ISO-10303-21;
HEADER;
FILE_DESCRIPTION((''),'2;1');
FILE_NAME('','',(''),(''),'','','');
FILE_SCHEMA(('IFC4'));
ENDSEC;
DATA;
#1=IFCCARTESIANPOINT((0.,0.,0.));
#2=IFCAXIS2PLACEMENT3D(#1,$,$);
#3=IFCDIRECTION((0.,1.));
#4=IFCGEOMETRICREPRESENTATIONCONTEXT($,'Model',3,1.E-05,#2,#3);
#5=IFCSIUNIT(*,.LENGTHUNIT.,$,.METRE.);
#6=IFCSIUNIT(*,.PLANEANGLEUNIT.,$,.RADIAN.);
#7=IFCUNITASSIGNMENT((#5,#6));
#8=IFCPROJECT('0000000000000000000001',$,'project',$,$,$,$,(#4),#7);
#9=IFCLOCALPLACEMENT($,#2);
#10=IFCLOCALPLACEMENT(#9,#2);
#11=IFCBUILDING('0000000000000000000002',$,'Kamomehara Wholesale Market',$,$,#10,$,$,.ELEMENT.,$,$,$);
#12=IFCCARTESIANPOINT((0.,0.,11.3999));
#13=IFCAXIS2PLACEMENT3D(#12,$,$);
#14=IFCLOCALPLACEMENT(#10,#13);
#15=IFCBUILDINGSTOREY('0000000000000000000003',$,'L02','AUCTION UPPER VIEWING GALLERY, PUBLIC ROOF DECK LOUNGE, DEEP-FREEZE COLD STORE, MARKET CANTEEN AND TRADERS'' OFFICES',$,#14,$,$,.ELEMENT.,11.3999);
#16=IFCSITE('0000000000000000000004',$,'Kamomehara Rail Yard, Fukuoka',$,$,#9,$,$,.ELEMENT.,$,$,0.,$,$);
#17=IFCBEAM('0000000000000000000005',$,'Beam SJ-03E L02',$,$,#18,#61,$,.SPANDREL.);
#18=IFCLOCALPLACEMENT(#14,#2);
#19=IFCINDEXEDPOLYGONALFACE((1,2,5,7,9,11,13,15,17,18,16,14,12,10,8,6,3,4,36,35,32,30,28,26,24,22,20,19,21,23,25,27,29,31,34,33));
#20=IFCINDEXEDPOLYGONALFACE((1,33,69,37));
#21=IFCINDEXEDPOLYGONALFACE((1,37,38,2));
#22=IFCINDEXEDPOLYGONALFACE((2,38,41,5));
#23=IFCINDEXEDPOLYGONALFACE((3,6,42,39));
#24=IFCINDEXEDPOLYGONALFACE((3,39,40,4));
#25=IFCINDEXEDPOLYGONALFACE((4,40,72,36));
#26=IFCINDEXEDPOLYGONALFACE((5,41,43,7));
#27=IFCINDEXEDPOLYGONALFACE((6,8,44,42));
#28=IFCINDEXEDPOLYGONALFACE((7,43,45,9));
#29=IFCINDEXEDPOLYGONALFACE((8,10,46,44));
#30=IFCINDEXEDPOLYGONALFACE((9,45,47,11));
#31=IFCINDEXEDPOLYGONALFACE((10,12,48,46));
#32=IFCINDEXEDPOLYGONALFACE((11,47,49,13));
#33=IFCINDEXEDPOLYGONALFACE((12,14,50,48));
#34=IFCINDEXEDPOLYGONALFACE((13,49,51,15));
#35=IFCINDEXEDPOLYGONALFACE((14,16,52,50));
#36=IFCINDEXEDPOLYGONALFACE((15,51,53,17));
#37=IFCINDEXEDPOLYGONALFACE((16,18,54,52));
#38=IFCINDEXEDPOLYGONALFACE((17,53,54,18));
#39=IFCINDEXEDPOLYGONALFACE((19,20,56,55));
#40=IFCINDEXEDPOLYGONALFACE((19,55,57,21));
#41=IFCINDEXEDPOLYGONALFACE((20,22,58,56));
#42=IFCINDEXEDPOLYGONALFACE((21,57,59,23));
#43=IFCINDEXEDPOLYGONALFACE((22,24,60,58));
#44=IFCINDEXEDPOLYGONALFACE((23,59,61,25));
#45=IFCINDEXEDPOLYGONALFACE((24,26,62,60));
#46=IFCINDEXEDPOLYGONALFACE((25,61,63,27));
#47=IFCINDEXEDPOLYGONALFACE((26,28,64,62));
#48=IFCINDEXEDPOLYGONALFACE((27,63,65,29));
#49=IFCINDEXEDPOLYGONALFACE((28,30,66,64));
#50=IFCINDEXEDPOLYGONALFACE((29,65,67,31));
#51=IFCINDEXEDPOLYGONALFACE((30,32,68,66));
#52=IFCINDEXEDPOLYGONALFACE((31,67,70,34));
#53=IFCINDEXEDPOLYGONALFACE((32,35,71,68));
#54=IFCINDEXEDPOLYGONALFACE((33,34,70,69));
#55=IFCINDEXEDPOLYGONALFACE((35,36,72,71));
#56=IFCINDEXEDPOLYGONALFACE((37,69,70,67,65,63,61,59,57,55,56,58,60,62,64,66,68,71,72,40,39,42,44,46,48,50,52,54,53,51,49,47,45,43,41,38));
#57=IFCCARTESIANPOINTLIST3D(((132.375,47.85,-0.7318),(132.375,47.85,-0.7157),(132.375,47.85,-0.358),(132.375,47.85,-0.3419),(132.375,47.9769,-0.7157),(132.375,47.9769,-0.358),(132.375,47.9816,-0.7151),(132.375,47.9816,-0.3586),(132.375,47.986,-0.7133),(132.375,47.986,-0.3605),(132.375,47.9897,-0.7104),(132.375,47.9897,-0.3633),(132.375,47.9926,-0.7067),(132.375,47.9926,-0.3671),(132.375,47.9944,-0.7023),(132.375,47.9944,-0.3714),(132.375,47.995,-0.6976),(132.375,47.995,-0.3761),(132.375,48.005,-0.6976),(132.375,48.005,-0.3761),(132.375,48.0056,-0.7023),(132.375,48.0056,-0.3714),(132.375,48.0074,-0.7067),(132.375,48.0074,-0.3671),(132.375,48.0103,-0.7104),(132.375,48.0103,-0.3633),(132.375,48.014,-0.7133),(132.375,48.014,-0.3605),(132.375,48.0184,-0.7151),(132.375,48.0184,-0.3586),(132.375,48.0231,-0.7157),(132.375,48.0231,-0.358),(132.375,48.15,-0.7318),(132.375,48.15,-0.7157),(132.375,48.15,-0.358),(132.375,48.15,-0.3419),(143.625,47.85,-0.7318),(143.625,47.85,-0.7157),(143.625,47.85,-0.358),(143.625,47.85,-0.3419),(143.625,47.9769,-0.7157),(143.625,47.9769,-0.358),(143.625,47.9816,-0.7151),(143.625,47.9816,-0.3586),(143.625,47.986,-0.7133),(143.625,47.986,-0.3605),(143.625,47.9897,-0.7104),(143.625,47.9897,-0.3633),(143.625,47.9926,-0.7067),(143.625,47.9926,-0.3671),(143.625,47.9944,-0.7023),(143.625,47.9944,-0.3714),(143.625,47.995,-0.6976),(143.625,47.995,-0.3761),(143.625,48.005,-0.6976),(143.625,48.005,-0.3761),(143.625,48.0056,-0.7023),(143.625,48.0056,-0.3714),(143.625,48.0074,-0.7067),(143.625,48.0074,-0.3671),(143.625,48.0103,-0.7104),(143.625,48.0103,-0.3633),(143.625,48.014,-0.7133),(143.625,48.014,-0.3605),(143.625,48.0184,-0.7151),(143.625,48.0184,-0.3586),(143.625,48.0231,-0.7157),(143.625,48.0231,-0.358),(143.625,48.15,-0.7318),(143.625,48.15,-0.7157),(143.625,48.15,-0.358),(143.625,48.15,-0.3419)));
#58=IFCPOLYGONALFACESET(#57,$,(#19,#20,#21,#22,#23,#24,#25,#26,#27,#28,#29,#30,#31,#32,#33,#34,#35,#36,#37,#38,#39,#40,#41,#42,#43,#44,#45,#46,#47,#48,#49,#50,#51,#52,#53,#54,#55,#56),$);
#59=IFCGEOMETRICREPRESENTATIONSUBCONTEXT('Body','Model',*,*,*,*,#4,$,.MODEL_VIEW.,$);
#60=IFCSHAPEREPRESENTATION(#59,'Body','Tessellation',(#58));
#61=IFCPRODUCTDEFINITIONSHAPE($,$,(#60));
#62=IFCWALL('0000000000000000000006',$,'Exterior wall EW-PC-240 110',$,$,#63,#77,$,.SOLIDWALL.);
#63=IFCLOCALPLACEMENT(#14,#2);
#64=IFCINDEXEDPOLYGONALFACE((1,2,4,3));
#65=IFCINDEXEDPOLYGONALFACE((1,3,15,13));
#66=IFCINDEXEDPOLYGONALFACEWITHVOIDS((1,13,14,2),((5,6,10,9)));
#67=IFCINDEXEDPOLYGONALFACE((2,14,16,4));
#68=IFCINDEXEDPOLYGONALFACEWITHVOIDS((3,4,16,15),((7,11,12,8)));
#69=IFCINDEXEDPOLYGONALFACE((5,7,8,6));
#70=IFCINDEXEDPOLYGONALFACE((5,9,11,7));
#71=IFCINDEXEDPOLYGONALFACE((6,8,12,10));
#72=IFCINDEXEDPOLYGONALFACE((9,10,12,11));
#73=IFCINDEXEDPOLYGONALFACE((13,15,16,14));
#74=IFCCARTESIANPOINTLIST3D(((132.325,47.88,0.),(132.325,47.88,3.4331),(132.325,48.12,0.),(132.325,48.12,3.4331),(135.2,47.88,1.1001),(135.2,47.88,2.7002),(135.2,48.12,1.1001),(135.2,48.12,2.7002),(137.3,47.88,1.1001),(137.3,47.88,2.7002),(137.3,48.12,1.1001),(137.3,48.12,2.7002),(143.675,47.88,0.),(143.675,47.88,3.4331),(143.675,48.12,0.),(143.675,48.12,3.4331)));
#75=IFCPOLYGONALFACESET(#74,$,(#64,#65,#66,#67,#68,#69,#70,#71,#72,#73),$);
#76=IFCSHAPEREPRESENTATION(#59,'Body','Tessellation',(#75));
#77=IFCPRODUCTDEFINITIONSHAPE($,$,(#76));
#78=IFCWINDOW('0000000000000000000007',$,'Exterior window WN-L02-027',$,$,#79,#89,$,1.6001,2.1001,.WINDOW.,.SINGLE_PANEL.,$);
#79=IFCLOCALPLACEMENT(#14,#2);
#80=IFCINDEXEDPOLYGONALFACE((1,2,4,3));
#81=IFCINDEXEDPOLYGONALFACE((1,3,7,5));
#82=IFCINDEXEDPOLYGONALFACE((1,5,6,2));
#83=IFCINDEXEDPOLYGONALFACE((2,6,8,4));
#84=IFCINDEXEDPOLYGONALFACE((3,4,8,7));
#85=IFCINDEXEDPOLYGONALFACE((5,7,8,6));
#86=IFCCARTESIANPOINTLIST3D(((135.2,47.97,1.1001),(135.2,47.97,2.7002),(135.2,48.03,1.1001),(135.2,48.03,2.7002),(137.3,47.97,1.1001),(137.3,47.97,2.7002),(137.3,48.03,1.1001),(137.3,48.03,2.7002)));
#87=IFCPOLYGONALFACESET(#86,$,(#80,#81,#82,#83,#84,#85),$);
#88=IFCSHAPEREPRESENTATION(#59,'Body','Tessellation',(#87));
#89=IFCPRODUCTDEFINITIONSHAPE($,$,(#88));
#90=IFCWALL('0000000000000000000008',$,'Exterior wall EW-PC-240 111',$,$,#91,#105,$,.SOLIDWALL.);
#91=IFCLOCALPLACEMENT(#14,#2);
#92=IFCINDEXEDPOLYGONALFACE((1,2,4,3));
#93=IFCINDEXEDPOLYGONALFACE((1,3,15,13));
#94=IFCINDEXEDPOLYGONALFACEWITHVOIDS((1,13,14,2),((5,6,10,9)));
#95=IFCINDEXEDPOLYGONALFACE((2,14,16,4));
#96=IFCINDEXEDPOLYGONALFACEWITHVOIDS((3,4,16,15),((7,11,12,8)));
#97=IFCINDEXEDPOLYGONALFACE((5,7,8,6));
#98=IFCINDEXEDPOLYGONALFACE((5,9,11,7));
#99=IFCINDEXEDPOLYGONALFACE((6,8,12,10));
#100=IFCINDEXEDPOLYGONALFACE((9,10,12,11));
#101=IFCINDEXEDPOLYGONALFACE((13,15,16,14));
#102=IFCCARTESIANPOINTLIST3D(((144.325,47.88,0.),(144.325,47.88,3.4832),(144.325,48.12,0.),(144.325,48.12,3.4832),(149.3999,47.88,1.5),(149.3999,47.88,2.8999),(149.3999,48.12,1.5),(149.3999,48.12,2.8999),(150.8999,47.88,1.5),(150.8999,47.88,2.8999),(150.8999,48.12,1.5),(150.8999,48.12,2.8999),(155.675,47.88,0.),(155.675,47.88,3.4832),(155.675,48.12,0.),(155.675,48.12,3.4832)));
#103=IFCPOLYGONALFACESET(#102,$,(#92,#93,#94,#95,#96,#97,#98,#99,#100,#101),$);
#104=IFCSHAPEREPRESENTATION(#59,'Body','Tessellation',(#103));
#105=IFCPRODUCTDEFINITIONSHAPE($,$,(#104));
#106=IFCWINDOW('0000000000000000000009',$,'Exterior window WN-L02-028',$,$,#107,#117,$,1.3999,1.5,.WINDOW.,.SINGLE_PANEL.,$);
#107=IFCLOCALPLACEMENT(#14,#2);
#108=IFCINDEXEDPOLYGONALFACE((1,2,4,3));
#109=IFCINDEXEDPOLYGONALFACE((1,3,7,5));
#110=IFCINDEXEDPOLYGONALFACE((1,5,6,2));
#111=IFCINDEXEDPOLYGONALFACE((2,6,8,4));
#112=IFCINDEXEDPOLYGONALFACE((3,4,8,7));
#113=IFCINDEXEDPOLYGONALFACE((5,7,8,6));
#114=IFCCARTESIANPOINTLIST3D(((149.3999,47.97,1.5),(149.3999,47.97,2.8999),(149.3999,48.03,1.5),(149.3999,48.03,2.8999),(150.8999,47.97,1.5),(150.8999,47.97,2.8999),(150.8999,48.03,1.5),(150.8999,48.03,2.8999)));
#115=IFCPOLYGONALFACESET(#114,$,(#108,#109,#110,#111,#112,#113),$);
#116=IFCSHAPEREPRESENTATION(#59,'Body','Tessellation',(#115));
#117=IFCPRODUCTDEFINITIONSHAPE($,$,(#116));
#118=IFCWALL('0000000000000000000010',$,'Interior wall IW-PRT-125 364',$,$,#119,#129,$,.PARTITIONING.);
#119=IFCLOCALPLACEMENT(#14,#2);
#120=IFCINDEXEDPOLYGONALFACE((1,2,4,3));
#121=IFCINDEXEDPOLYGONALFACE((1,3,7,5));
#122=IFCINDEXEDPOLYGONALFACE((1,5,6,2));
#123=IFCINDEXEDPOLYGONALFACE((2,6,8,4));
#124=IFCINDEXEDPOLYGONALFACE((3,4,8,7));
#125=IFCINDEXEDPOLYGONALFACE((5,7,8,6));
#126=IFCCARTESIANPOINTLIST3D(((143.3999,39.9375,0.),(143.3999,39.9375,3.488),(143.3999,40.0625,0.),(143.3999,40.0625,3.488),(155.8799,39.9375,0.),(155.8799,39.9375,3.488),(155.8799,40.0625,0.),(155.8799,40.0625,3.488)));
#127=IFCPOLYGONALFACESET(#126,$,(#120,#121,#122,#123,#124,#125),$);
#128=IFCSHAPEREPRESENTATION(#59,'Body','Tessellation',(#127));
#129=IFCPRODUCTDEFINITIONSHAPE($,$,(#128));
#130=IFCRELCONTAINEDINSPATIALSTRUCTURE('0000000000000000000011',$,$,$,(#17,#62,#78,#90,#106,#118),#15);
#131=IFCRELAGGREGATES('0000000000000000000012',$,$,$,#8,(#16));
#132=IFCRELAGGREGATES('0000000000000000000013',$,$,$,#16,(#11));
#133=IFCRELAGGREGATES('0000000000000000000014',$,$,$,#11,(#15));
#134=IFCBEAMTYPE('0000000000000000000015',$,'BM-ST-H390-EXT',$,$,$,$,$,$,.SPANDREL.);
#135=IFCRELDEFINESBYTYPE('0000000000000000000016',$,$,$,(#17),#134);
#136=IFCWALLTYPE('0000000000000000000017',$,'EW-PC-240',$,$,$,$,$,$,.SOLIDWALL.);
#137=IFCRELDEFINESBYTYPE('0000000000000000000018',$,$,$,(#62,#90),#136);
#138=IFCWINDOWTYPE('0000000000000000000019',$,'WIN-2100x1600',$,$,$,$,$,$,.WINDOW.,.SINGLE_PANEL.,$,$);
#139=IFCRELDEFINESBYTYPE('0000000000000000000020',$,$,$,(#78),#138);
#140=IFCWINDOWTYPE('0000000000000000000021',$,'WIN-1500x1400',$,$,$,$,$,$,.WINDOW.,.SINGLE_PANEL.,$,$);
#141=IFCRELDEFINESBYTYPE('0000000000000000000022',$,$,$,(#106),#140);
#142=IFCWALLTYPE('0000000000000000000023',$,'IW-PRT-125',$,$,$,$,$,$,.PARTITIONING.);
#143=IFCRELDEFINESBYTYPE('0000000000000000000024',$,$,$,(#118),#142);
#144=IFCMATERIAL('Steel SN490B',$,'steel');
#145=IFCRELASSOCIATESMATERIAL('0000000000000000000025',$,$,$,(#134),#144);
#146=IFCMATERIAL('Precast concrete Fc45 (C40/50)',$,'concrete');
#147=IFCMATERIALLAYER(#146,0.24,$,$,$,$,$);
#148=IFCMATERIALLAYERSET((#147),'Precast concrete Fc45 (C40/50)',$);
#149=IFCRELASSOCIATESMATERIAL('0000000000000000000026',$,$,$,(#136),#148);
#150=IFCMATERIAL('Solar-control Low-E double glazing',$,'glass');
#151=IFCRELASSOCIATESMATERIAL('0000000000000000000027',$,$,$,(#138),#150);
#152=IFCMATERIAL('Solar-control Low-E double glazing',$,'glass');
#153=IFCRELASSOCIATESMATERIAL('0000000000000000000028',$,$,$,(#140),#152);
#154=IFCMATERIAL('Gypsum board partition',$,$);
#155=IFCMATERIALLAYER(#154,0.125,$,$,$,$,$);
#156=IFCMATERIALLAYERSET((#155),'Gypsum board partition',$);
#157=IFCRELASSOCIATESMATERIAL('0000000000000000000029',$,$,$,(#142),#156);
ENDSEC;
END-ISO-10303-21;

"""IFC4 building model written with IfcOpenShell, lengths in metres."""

from ifc_helpers import new_model, si_unit, direction, frame, frame_2d, origin, origin_2d, place, context, subcontext, project, spatial, rectangle, i_section, extrude, material, layer, layer_set, material_profile, profile_set, type_object, element, fill, save


model = new_model("IFC4")

# Units and contexts
model_context = context("Model", 3, precision=1e-05, world=origin(), true_north=direction((0.0, 1.0)))
body_context = subcontext(model_context, "Body", "Model", "MODEL_VIEW")
ifc_project = project(units=[si_unit("LENGTHUNIT", "METRE"), si_unit("PLANEANGLEUNIT", "RADIAN")], contexts=[model_context])

# Site, building, storey
site_placement = place(None, origin())
site = spatial("IfcSite", under=ifc_project, at=site_placement, Name="Kamomehara Rail Yard, Fukuoka", CompositionType="ELEMENT", RefElevation=0.0)
building_placement = place(site_placement, origin())
building = spatial("IfcBuilding", under=site, at=building_placement, Name="Kamomehara Wholesale Market", CompositionType="ELEMENT")
storey_placement = place(building_placement, frame((0.0, 0.0, 11.3999)))
storey = spatial("IfcBuildingStorey", under=building, at=storey_placement, Name="L02", Description="AUCTION UPPER VIEWING GALLERY, PUBLIC ROOF DECK LOUNGE, DEEP-FREEZE COLD STORE, MARKET CANTEEN AND TRADERS' OFFICES", CompositionType="ELEMENT", Elevation=11.3999)

# Beam
ifc_material_1 = material(Name="Steel SN490B", Category="steel")
ifc_material_profile_1 = material_profile(ifc_material_1, i_section(OverallWidth=0.3, OverallDepth=0.3899, WebThickness=0.01, FlangeThickness=0.0161, FilletRadius=0.0181, at=origin_2d()), Name="H-390x300x10x16")
ifc_profile_set_1 = profile_set([ifc_material_profile_1], Name="Steel SN490B")
beam_type_1 = type_object("IfcBeamType", Name="BM-ST-H390-EXT", PredefinedType="SPANDREL", material=ifc_profile_set_1)
beam_1_placement = place(storey_placement, frame((132.375, 48.0, -0.5369), z_axis=(1.0, 0.0, 0.0), x_axis=(0.0, 1.0, 0.0)))
element("IfcBeam", 1, at=beam_1_placement, inside=storey, type_object=beam_type_1, Name="Beam SJ-03E L02", PredefinedType="SPANDREL", context=body_context, shape_type="SweptSolid", body=[
    extrude(i_section(OverallWidth=0.3, OverallDepth=0.3899, WebThickness=0.01, FlangeThickness=0.0161, FilletRadius=0.0181, at=origin_2d()), origin(), (0.0, 0.0, 1.0), 11.25),
])

# Walls, openings, windows
ifc_material_2 = material(Name="Precast concrete Fc45 (C40/50)", Category="concrete")
ifc_layer_1 = layer(ifc_material_2, 0.24)
ifc_layer_set_1 = layer_set([ifc_layer_1], Name="Precast concrete Fc45 (C40/50)")
wall_type_1 = type_object("IfcWallType", Name="EW-PC-240", PredefinedType="SOLIDWALL", material=ifc_layer_set_1)
wall_1_placement = place(storey_placement, frame((132.325, 48.0, 0.0), z_axis=(0.0, 0.0, 1.0), x_axis=(1.0, 0.0, 0.0)))
wall_1 = element("IfcWall", 2, at=wall_1_placement, inside=storey, type_object=wall_type_1, Name="Exterior wall EW-PC-240 110", PredefinedType="SOLIDWALL", context=body_context, shape_type="SweptSolid", body=[
    extrude(rectangle(XDim=11.3501, YDim=0.24, at=frame_2d((5.675, 0.0))), origin(), (0.0, 0.0, 1.0), 3.4331),
])
opening_1_placement = place(wall_1_placement, frame((2.875, 0.0, 1.1001)))
opening_1 = element("IfcOpeningElement", 3, at=opening_1_placement, cuts=wall_1, PredefinedType="OPENING", context=body_context, shape_type="SweptSolid", body=[
    extrude(rectangle(XDim=2.1001, YDim=1.6001, at=frame_2d((1.05, 0.8))), frame((0.0, 0.1348, 0.0), z_axis=(0.0, -1.0, 0.0), x_axis=(1.0, 0.0, 0.0)), (0.0, 0.0, 1.0), 0.2698),
])
ifc_material_3 = material(Name="Solar-control Low-E double glazing", Category="glass")
window_type_1 = type_object("IfcWindowType", Name="WIN-2100x1600", PartitioningType="SINGLE_PANEL", PredefinedType="WINDOW", material=ifc_material_3)
window_1_placement = place(opening_1_placement, origin())
window_1 = element("IfcWindow", 4, at=window_1_placement, inside=storey, type_object=window_type_1, Name="Exterior window WN-L02-027", OverallHeight=1.6001, OverallWidth=2.1001, PartitioningType="SINGLE_PANEL", PredefinedType="WINDOW", context=body_context, shape_type="SweptSolid", body=[
    extrude(rectangle(XDim=2.1001, YDim=1.6001, at=frame_2d((1.05, 0.8))), frame((0.0, 0.03, 0.0), z_axis=(0.0, -1.0, 0.0), x_axis=(1.0, 0.0, 0.0)), (0.0, 0.0, 1.0), 0.0601),
])
fill(opening_1, window_1)
wall_2_placement = place(storey_placement, frame((144.325, 48.0, 0.0), z_axis=(0.0, 0.0, 1.0), x_axis=(1.0, 0.0, 0.0)))
wall_2 = element("IfcWall", 5, at=wall_2_placement, inside=storey, type_object=wall_type_1, Name="Exterior wall EW-PC-240 111", PredefinedType="SOLIDWALL", context=body_context, shape_type="SweptSolid", body=[
    extrude(rectangle(XDim=11.3501, YDim=0.24, at=frame_2d((5.675, 0.0))), origin(), (0.0, 0.0, 1.0), 3.4832),
])
opening_2_placement = place(wall_2_placement, frame((5.075, 0.0, 1.5)))
opening_2 = element("IfcOpeningElement", 6, at=opening_2_placement, cuts=wall_2, PredefinedType="OPENING", context=body_context, shape_type="SweptSolid", body=[
    extrude(rectangle(XDim=1.5, YDim=1.3999, at=frame_2d((0.75, 0.7))), frame((0.0, 0.1348, 0.0), z_axis=(0.0, -1.0, 0.0), x_axis=(1.0, 0.0, 0.0)), (0.0, 0.0, 1.0), 0.2698),
])
ifc_material_4 = material(Name="Solar-control Low-E double glazing", Category="glass")
window_type_2 = type_object("IfcWindowType", Name="WIN-1500x1400", PartitioningType="SINGLE_PANEL", PredefinedType="WINDOW", material=ifc_material_4)
window_2_placement = place(opening_2_placement, origin())
window_2 = element("IfcWindow", 7, at=window_2_placement, inside=storey, type_object=window_type_2, Name="Exterior window WN-L02-028", OverallHeight=1.3999, OverallWidth=1.5, PartitioningType="SINGLE_PANEL", PredefinedType="WINDOW", context=body_context, shape_type="SweptSolid", body=[
    extrude(rectangle(XDim=1.5, YDim=1.3999, at=frame_2d((0.75, 0.7))), frame((0.0, 0.03, 0.0), z_axis=(0.0, -1.0, 0.0), x_axis=(1.0, 0.0, 0.0)), (0.0, 0.0, 1.0), 0.0601),
])
fill(opening_2, window_2)

# Wall
ifc_material_5 = material(Name="Gypsum board partition")
ifc_layer_2 = layer(ifc_material_5, 0.125)
ifc_layer_set_2 = layer_set([ifc_layer_2], Name="Gypsum board partition")
wall_type_2 = type_object("IfcWallType", Name="IW-PRT-125", PredefinedType="PARTITIONING", material=ifc_layer_set_2)
wall_3_placement = place(storey_placement, frame((143.3999, 40.0, 0.0), z_axis=(0.0, 0.0, 1.0), x_axis=(1.0, 0.0, 0.0)))
element("IfcWall", 8, at=wall_3_placement, inside=storey, type_object=wall_type_2, Name="Interior wall IW-PRT-125 364", PredefinedType="PARTITIONING", context=body_context, shape_type="SweptSolid", body=[
    extrude(rectangle(XDim=12.48, YDim=0.125, at=frame_2d((6.24, 0.0))), origin(), (0.0, 0.0, 1.0), 3.488),
])

save(model, "model.ifc")
